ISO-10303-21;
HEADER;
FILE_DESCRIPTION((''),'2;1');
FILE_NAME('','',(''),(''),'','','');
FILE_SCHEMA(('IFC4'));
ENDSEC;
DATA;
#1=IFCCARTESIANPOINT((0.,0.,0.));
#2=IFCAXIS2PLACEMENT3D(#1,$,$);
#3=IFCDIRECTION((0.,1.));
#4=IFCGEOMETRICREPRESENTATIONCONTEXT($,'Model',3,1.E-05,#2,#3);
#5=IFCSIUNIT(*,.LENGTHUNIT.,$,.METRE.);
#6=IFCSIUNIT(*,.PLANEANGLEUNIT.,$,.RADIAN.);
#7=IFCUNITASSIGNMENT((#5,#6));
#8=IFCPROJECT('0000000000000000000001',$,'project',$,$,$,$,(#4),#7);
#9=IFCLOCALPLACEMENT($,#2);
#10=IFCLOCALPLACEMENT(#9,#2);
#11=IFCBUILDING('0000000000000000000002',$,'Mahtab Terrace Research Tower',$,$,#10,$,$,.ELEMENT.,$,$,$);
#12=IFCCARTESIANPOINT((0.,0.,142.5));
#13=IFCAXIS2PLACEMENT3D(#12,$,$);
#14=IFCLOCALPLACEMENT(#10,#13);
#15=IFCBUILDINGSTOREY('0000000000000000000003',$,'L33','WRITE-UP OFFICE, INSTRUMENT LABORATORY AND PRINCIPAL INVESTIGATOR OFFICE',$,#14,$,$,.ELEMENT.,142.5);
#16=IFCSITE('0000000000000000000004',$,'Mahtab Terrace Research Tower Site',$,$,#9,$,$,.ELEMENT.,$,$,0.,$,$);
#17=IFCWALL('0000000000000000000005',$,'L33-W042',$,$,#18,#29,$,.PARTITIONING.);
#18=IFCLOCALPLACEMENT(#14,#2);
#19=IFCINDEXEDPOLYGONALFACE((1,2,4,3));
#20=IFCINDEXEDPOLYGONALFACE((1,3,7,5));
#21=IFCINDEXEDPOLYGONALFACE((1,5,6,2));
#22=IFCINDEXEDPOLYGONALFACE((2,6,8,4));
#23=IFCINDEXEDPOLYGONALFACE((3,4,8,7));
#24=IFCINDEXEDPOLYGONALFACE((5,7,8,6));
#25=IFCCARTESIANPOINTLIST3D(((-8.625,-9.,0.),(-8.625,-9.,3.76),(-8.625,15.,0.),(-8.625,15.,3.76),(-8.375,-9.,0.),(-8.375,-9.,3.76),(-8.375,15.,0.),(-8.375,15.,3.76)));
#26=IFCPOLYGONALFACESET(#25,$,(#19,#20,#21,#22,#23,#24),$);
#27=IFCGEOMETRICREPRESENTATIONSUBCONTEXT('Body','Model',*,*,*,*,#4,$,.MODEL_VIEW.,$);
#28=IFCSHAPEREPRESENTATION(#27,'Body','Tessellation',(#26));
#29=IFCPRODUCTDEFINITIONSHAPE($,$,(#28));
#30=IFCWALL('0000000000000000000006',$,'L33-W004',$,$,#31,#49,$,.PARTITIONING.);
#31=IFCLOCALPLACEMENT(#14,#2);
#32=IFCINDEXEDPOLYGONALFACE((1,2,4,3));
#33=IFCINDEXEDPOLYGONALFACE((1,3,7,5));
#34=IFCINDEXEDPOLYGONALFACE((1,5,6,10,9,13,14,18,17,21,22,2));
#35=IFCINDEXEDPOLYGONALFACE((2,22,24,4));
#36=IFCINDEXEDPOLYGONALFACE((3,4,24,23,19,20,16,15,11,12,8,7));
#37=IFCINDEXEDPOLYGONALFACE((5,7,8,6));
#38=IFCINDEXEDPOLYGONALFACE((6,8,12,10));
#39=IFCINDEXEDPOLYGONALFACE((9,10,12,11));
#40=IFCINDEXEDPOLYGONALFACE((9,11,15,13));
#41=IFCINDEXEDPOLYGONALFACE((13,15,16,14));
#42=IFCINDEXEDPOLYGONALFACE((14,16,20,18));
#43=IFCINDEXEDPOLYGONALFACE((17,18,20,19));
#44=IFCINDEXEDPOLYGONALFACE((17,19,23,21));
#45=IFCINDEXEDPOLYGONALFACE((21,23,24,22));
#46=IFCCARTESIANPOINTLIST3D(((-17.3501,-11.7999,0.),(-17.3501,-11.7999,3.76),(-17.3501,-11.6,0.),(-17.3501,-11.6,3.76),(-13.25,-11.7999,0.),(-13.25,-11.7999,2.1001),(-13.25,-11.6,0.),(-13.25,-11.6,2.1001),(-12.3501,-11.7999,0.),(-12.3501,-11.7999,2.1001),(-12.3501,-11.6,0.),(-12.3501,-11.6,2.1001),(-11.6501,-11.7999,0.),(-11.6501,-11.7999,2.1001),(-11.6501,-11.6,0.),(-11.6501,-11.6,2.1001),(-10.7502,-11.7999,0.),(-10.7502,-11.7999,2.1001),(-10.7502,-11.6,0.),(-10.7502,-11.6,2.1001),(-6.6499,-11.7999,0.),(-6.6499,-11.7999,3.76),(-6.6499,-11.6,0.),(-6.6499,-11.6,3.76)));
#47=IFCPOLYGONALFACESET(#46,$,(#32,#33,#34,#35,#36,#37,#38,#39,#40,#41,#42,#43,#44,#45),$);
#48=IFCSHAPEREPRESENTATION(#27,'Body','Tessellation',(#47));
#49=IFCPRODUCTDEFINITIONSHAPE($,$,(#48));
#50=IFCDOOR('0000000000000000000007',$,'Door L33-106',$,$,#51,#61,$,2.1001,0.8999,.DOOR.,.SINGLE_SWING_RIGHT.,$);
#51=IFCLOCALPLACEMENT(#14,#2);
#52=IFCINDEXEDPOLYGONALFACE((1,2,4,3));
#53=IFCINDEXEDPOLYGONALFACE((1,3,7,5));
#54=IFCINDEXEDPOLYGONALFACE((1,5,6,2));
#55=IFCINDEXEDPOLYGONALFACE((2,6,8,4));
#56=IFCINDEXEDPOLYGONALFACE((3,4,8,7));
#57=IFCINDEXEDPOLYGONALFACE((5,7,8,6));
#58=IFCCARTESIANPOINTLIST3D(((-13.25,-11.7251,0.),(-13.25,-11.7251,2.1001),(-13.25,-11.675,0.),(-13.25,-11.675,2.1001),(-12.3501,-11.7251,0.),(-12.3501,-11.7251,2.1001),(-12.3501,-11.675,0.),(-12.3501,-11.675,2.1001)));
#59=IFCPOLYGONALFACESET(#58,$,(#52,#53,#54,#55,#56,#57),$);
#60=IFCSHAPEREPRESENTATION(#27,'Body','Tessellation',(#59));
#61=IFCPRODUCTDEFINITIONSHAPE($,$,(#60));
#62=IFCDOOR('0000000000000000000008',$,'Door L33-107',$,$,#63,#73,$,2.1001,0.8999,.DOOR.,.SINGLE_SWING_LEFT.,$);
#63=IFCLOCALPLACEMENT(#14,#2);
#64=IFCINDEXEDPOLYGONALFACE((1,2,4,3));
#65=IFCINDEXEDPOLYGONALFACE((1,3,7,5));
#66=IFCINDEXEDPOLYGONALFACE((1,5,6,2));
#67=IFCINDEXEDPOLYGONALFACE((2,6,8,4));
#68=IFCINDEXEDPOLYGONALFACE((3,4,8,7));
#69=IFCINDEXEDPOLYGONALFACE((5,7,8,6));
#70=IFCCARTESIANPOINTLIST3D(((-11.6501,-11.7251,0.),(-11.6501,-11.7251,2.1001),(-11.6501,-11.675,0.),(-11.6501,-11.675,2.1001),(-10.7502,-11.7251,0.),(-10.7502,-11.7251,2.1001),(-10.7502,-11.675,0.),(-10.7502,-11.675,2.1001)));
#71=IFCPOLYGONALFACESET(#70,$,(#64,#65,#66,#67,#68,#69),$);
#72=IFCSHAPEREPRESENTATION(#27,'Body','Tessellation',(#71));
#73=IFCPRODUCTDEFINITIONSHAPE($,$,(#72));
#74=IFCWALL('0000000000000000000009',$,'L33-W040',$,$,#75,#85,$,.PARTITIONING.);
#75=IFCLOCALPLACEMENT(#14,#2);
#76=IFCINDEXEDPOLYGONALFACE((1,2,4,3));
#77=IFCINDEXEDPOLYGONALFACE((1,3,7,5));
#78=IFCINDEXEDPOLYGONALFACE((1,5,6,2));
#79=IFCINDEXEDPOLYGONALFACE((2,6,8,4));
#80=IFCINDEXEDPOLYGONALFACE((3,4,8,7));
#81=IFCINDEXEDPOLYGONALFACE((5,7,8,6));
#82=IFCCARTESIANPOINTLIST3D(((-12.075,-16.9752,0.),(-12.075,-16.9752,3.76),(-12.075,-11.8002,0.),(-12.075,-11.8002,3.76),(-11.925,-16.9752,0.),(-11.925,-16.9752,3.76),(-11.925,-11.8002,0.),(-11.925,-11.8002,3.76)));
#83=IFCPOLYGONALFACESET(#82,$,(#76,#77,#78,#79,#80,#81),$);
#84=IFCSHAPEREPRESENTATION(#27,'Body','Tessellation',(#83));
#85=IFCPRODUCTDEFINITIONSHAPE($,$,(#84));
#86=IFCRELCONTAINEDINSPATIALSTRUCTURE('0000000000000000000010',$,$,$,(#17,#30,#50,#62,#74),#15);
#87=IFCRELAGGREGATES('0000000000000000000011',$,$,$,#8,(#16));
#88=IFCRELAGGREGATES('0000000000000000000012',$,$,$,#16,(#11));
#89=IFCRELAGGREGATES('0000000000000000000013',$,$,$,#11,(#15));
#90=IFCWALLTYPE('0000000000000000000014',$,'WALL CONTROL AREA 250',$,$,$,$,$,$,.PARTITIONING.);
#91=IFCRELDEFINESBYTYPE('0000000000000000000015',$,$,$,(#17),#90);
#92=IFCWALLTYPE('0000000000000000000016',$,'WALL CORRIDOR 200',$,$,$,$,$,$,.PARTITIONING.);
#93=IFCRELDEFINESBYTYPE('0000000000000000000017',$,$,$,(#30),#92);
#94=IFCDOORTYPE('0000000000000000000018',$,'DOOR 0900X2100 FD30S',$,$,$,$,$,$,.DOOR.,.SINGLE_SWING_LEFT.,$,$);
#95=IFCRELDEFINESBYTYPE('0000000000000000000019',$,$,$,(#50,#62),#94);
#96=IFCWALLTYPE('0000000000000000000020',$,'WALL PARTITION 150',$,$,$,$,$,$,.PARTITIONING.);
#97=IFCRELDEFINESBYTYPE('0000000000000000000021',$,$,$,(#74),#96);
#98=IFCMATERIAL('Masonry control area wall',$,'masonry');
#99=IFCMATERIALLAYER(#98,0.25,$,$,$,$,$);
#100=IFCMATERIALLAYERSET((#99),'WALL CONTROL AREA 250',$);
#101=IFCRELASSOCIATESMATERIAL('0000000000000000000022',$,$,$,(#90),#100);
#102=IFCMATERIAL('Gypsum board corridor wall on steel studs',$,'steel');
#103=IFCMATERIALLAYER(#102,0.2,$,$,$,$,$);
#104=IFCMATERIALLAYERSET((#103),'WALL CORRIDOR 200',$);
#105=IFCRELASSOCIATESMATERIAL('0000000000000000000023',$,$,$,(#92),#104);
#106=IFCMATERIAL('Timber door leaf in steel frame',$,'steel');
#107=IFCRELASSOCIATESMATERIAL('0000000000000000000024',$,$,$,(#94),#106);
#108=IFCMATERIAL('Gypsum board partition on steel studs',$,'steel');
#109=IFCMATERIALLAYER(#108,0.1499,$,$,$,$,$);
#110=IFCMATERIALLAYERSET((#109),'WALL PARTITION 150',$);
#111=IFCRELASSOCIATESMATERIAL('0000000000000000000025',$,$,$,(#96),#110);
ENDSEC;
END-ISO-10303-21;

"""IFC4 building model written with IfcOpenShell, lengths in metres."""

from ifc_helpers import new_model, si_unit, direction, frame, frame_2d, origin, place, context, subcontext, project, spatial, rectangle, extrude, material, layer, layer_set, type_object, element, fill, save


model = new_model("IFC4")

# Units and contexts
model_context = context("Model", 3, precision=1e-05, world=origin(), true_north=direction((0.0, 1.0)))
body_context = subcontext(model_context, "Body", "Model", "MODEL_VIEW")
ifc_project = project(units=[si_unit("LENGTHUNIT", "METRE"), si_unit("PLANEANGLEUNIT", "RADIAN")], contexts=[model_context])

# Site, building, storey
site_placement = place(None, origin())
site = spatial("IfcSite", under=ifc_project, at=site_placement, Name="Mahtab Terrace Research Tower Site", CompositionType="ELEMENT", RefElevation=0.0)
building_placement = place(site_placement, origin())
building = spatial("IfcBuilding", under=site, at=building_placement, Name="Mahtab Terrace Research Tower", CompositionType="ELEMENT")
storey_placement = place(building_placement, frame((0.0, 0.0, 142.5)))
storey = spatial("IfcBuildingStorey", under=building, at=storey_placement, Name="L33", Description="WRITE-UP OFFICE, INSTRUMENT LABORATORY AND PRINCIPAL INVESTIGATOR OFFICE", CompositionType="ELEMENT", Elevation=142.5)

# Shared definitions
ifc_material_1 = material(Name="Masonry control area wall", Category="masonry")
ifc_layer_1 = layer(ifc_material_1, 0.25)
ifc_layer_set_1 = layer_set([ifc_layer_1], Name="WALL CONTROL AREA 250")
wall_type_1 = type_object("IfcWallType", Name="WALL CONTROL AREA 250", PredefinedType="PARTITIONING", material=ifc_layer_set_1)

# Shared definitions
ifc_material_2 = material(Name="Timber door leaf in steel frame", Category="steel")

# Wall
wall_1_placement = place(storey_placement, frame((-8.5, -9.0, 0.0), z_axis=(0.0, 0.0, 1.0), x_axis=(0.0, 1.0, 0.0)))
element("IfcWall", 1, at=wall_1_placement, inside=storey, type_object=wall_type_1, Name="L33-W042", PredefinedType="PARTITIONING", context=body_context, shape_type="SweptSolid", body=[
    extrude(rectangle(XDim=24.0, YDim=0.25, at=frame_2d((12.0, 0.0))), origin(), (0.0, 0.0, 1.0), 3.76),
])

# Wall, openings, doors
ifc_material_3 = material(Name="Gypsum board corridor wall on steel studs", Category="steel")
ifc_layer_2 = layer(ifc_material_3, 0.2)
ifc_layer_set_2 = layer_set([ifc_layer_2], Name="WALL CORRIDOR 200")
wall_type_2 = type_object("IfcWallType", Name="WALL CORRIDOR 200", PredefinedType="PARTITIONING", material=ifc_layer_set_2)
wall_2_placement = place(storey_placement, frame((-17.3501, -11.7, 0.0), z_axis=(0.0, 0.0, 1.0), x_axis=(1.0, 0.0, 0.0)))
wall_2 = element("IfcWall", 2, at=wall_2_placement, inside=storey, type_object=wall_type_2, Name="L33-W004", PredefinedType="PARTITIONING", context=body_context, shape_type="SweptSolid", body=[
    extrude(rectangle(XDim=10.7002, YDim=0.2, at=frame_2d((5.3501, 0.0))), origin(), (0.0, 0.0, 1.0), 3.76),
])
opening_1_placement = place(wall_2_placement, frame((4.1001, 0.0, 0.0)))
opening_1 = element("IfcOpeningElement", 3, at=opening_1_placement, cuts=wall_2, PredefinedType="OPENING", context=body_context, shape_type="SweptSolid", body=[
    extrude(rectangle(XDim=0.8999, YDim=2.1001, at=frame_2d((0.45, 1.05))), frame((0.0, 0.1099, 0.0), z_axis=(0.0, -1.0, 0.0), x_axis=(1.0, 0.0, 0.0)), (0.0, 0.0, 1.0), 0.22),
])
opening_2_placement = place(wall_2_placement, frame((5.7, 0.0, 0.0)))
opening_2 = element("IfcOpeningElement", 4, at=opening_2_placement, cuts=wall_2, PredefinedType="OPENING", context=body_context, shape_type="SweptSolid", body=[
    extrude(rectangle(XDim=0.8999, YDim=2.1001, at=frame_2d((0.45, 1.05))), frame((0.0, 0.1099, 0.0), z_axis=(0.0, -1.0, 0.0), x_axis=(1.0, 0.0, 0.0)), (0.0, 0.0, 1.0), 0.22),
])
door_type_1 = type_object("IfcDoorType", Name="DOOR 0900X2100 FD30S", OperationType="SINGLE_SWING_LEFT", PredefinedType="DOOR", material=ifc_material_2)
door_1_placement = place(opening_1_placement, origin())
door_1 = element("IfcDoor", 5, at=door_1_placement, inside=storey, type_object=door_type_1, Name="Door L33-106", OperationType="SINGLE_SWING_RIGHT", OverallHeight=2.1001, OverallWidth=0.8999, PredefinedType="DOOR", context=body_context, shape_type="SweptSolid", body=[
    extrude(rectangle(XDim=0.8999, YDim=2.1001, at=frame_2d((0.45, 1.05))), frame((0.0, 0.0249, 0.0), z_axis=(0.0, -1.0, 0.0), x_axis=(1.0, 0.0, 0.0)), (0.0, 0.0, 1.0), 0.05),
])
fill(opening_1, door_1)
door_2_placement = place(opening_2_placement, origin())
door_2 = element("IfcDoor", 6, at=door_2_placement, inside=storey, type_object=door_type_1, Name="Door L33-107", OperationType="SINGLE_SWING_LEFT", OverallHeight=2.1001, OverallWidth=0.8999, PredefinedType="DOOR", context=body_context, shape_type="SweptSolid", body=[
    extrude(rectangle(XDim=0.8999, YDim=2.1001, at=frame_2d((0.45, 1.05))), frame((0.0, 0.0249, 0.0), z_axis=(0.0, -1.0, 0.0), x_axis=(1.0, 0.0, 0.0)), (0.0, 0.0, 1.0), 0.05),
])
fill(opening_2, door_2)

# Wall
ifc_material_4 = material(Name="Gypsum board partition on steel studs", Category="steel")
ifc_layer_3 = layer(ifc_material_4, 0.1499)
ifc_layer_set_3 = layer_set([ifc_layer_3], Name="WALL PARTITION 150")
wall_type_3 = type_object("IfcWallType", Name="WALL PARTITION 150", PredefinedType="PARTITIONING", material=ifc_layer_set_3)
wall_3_placement = place(storey_placement, frame((-12.0, -16.9751, 0.0), z_axis=(0.0, 0.0, 1.0), x_axis=(0.0, 1.0, 0.0)))
element("IfcWall", 7, at=wall_3_placement, inside=storey, type_object=wall_type_3, Name="L33-W040", PredefinedType="PARTITIONING", context=body_context, shape_type="SweptSolid", body=[
    extrude(rectangle(XDim=5.175, YDim=0.1499, at=frame_2d((2.5874, 0.0))), origin(), (0.0, 0.0, 1.0), 3.76),
])

save(model, "model.ifc")
